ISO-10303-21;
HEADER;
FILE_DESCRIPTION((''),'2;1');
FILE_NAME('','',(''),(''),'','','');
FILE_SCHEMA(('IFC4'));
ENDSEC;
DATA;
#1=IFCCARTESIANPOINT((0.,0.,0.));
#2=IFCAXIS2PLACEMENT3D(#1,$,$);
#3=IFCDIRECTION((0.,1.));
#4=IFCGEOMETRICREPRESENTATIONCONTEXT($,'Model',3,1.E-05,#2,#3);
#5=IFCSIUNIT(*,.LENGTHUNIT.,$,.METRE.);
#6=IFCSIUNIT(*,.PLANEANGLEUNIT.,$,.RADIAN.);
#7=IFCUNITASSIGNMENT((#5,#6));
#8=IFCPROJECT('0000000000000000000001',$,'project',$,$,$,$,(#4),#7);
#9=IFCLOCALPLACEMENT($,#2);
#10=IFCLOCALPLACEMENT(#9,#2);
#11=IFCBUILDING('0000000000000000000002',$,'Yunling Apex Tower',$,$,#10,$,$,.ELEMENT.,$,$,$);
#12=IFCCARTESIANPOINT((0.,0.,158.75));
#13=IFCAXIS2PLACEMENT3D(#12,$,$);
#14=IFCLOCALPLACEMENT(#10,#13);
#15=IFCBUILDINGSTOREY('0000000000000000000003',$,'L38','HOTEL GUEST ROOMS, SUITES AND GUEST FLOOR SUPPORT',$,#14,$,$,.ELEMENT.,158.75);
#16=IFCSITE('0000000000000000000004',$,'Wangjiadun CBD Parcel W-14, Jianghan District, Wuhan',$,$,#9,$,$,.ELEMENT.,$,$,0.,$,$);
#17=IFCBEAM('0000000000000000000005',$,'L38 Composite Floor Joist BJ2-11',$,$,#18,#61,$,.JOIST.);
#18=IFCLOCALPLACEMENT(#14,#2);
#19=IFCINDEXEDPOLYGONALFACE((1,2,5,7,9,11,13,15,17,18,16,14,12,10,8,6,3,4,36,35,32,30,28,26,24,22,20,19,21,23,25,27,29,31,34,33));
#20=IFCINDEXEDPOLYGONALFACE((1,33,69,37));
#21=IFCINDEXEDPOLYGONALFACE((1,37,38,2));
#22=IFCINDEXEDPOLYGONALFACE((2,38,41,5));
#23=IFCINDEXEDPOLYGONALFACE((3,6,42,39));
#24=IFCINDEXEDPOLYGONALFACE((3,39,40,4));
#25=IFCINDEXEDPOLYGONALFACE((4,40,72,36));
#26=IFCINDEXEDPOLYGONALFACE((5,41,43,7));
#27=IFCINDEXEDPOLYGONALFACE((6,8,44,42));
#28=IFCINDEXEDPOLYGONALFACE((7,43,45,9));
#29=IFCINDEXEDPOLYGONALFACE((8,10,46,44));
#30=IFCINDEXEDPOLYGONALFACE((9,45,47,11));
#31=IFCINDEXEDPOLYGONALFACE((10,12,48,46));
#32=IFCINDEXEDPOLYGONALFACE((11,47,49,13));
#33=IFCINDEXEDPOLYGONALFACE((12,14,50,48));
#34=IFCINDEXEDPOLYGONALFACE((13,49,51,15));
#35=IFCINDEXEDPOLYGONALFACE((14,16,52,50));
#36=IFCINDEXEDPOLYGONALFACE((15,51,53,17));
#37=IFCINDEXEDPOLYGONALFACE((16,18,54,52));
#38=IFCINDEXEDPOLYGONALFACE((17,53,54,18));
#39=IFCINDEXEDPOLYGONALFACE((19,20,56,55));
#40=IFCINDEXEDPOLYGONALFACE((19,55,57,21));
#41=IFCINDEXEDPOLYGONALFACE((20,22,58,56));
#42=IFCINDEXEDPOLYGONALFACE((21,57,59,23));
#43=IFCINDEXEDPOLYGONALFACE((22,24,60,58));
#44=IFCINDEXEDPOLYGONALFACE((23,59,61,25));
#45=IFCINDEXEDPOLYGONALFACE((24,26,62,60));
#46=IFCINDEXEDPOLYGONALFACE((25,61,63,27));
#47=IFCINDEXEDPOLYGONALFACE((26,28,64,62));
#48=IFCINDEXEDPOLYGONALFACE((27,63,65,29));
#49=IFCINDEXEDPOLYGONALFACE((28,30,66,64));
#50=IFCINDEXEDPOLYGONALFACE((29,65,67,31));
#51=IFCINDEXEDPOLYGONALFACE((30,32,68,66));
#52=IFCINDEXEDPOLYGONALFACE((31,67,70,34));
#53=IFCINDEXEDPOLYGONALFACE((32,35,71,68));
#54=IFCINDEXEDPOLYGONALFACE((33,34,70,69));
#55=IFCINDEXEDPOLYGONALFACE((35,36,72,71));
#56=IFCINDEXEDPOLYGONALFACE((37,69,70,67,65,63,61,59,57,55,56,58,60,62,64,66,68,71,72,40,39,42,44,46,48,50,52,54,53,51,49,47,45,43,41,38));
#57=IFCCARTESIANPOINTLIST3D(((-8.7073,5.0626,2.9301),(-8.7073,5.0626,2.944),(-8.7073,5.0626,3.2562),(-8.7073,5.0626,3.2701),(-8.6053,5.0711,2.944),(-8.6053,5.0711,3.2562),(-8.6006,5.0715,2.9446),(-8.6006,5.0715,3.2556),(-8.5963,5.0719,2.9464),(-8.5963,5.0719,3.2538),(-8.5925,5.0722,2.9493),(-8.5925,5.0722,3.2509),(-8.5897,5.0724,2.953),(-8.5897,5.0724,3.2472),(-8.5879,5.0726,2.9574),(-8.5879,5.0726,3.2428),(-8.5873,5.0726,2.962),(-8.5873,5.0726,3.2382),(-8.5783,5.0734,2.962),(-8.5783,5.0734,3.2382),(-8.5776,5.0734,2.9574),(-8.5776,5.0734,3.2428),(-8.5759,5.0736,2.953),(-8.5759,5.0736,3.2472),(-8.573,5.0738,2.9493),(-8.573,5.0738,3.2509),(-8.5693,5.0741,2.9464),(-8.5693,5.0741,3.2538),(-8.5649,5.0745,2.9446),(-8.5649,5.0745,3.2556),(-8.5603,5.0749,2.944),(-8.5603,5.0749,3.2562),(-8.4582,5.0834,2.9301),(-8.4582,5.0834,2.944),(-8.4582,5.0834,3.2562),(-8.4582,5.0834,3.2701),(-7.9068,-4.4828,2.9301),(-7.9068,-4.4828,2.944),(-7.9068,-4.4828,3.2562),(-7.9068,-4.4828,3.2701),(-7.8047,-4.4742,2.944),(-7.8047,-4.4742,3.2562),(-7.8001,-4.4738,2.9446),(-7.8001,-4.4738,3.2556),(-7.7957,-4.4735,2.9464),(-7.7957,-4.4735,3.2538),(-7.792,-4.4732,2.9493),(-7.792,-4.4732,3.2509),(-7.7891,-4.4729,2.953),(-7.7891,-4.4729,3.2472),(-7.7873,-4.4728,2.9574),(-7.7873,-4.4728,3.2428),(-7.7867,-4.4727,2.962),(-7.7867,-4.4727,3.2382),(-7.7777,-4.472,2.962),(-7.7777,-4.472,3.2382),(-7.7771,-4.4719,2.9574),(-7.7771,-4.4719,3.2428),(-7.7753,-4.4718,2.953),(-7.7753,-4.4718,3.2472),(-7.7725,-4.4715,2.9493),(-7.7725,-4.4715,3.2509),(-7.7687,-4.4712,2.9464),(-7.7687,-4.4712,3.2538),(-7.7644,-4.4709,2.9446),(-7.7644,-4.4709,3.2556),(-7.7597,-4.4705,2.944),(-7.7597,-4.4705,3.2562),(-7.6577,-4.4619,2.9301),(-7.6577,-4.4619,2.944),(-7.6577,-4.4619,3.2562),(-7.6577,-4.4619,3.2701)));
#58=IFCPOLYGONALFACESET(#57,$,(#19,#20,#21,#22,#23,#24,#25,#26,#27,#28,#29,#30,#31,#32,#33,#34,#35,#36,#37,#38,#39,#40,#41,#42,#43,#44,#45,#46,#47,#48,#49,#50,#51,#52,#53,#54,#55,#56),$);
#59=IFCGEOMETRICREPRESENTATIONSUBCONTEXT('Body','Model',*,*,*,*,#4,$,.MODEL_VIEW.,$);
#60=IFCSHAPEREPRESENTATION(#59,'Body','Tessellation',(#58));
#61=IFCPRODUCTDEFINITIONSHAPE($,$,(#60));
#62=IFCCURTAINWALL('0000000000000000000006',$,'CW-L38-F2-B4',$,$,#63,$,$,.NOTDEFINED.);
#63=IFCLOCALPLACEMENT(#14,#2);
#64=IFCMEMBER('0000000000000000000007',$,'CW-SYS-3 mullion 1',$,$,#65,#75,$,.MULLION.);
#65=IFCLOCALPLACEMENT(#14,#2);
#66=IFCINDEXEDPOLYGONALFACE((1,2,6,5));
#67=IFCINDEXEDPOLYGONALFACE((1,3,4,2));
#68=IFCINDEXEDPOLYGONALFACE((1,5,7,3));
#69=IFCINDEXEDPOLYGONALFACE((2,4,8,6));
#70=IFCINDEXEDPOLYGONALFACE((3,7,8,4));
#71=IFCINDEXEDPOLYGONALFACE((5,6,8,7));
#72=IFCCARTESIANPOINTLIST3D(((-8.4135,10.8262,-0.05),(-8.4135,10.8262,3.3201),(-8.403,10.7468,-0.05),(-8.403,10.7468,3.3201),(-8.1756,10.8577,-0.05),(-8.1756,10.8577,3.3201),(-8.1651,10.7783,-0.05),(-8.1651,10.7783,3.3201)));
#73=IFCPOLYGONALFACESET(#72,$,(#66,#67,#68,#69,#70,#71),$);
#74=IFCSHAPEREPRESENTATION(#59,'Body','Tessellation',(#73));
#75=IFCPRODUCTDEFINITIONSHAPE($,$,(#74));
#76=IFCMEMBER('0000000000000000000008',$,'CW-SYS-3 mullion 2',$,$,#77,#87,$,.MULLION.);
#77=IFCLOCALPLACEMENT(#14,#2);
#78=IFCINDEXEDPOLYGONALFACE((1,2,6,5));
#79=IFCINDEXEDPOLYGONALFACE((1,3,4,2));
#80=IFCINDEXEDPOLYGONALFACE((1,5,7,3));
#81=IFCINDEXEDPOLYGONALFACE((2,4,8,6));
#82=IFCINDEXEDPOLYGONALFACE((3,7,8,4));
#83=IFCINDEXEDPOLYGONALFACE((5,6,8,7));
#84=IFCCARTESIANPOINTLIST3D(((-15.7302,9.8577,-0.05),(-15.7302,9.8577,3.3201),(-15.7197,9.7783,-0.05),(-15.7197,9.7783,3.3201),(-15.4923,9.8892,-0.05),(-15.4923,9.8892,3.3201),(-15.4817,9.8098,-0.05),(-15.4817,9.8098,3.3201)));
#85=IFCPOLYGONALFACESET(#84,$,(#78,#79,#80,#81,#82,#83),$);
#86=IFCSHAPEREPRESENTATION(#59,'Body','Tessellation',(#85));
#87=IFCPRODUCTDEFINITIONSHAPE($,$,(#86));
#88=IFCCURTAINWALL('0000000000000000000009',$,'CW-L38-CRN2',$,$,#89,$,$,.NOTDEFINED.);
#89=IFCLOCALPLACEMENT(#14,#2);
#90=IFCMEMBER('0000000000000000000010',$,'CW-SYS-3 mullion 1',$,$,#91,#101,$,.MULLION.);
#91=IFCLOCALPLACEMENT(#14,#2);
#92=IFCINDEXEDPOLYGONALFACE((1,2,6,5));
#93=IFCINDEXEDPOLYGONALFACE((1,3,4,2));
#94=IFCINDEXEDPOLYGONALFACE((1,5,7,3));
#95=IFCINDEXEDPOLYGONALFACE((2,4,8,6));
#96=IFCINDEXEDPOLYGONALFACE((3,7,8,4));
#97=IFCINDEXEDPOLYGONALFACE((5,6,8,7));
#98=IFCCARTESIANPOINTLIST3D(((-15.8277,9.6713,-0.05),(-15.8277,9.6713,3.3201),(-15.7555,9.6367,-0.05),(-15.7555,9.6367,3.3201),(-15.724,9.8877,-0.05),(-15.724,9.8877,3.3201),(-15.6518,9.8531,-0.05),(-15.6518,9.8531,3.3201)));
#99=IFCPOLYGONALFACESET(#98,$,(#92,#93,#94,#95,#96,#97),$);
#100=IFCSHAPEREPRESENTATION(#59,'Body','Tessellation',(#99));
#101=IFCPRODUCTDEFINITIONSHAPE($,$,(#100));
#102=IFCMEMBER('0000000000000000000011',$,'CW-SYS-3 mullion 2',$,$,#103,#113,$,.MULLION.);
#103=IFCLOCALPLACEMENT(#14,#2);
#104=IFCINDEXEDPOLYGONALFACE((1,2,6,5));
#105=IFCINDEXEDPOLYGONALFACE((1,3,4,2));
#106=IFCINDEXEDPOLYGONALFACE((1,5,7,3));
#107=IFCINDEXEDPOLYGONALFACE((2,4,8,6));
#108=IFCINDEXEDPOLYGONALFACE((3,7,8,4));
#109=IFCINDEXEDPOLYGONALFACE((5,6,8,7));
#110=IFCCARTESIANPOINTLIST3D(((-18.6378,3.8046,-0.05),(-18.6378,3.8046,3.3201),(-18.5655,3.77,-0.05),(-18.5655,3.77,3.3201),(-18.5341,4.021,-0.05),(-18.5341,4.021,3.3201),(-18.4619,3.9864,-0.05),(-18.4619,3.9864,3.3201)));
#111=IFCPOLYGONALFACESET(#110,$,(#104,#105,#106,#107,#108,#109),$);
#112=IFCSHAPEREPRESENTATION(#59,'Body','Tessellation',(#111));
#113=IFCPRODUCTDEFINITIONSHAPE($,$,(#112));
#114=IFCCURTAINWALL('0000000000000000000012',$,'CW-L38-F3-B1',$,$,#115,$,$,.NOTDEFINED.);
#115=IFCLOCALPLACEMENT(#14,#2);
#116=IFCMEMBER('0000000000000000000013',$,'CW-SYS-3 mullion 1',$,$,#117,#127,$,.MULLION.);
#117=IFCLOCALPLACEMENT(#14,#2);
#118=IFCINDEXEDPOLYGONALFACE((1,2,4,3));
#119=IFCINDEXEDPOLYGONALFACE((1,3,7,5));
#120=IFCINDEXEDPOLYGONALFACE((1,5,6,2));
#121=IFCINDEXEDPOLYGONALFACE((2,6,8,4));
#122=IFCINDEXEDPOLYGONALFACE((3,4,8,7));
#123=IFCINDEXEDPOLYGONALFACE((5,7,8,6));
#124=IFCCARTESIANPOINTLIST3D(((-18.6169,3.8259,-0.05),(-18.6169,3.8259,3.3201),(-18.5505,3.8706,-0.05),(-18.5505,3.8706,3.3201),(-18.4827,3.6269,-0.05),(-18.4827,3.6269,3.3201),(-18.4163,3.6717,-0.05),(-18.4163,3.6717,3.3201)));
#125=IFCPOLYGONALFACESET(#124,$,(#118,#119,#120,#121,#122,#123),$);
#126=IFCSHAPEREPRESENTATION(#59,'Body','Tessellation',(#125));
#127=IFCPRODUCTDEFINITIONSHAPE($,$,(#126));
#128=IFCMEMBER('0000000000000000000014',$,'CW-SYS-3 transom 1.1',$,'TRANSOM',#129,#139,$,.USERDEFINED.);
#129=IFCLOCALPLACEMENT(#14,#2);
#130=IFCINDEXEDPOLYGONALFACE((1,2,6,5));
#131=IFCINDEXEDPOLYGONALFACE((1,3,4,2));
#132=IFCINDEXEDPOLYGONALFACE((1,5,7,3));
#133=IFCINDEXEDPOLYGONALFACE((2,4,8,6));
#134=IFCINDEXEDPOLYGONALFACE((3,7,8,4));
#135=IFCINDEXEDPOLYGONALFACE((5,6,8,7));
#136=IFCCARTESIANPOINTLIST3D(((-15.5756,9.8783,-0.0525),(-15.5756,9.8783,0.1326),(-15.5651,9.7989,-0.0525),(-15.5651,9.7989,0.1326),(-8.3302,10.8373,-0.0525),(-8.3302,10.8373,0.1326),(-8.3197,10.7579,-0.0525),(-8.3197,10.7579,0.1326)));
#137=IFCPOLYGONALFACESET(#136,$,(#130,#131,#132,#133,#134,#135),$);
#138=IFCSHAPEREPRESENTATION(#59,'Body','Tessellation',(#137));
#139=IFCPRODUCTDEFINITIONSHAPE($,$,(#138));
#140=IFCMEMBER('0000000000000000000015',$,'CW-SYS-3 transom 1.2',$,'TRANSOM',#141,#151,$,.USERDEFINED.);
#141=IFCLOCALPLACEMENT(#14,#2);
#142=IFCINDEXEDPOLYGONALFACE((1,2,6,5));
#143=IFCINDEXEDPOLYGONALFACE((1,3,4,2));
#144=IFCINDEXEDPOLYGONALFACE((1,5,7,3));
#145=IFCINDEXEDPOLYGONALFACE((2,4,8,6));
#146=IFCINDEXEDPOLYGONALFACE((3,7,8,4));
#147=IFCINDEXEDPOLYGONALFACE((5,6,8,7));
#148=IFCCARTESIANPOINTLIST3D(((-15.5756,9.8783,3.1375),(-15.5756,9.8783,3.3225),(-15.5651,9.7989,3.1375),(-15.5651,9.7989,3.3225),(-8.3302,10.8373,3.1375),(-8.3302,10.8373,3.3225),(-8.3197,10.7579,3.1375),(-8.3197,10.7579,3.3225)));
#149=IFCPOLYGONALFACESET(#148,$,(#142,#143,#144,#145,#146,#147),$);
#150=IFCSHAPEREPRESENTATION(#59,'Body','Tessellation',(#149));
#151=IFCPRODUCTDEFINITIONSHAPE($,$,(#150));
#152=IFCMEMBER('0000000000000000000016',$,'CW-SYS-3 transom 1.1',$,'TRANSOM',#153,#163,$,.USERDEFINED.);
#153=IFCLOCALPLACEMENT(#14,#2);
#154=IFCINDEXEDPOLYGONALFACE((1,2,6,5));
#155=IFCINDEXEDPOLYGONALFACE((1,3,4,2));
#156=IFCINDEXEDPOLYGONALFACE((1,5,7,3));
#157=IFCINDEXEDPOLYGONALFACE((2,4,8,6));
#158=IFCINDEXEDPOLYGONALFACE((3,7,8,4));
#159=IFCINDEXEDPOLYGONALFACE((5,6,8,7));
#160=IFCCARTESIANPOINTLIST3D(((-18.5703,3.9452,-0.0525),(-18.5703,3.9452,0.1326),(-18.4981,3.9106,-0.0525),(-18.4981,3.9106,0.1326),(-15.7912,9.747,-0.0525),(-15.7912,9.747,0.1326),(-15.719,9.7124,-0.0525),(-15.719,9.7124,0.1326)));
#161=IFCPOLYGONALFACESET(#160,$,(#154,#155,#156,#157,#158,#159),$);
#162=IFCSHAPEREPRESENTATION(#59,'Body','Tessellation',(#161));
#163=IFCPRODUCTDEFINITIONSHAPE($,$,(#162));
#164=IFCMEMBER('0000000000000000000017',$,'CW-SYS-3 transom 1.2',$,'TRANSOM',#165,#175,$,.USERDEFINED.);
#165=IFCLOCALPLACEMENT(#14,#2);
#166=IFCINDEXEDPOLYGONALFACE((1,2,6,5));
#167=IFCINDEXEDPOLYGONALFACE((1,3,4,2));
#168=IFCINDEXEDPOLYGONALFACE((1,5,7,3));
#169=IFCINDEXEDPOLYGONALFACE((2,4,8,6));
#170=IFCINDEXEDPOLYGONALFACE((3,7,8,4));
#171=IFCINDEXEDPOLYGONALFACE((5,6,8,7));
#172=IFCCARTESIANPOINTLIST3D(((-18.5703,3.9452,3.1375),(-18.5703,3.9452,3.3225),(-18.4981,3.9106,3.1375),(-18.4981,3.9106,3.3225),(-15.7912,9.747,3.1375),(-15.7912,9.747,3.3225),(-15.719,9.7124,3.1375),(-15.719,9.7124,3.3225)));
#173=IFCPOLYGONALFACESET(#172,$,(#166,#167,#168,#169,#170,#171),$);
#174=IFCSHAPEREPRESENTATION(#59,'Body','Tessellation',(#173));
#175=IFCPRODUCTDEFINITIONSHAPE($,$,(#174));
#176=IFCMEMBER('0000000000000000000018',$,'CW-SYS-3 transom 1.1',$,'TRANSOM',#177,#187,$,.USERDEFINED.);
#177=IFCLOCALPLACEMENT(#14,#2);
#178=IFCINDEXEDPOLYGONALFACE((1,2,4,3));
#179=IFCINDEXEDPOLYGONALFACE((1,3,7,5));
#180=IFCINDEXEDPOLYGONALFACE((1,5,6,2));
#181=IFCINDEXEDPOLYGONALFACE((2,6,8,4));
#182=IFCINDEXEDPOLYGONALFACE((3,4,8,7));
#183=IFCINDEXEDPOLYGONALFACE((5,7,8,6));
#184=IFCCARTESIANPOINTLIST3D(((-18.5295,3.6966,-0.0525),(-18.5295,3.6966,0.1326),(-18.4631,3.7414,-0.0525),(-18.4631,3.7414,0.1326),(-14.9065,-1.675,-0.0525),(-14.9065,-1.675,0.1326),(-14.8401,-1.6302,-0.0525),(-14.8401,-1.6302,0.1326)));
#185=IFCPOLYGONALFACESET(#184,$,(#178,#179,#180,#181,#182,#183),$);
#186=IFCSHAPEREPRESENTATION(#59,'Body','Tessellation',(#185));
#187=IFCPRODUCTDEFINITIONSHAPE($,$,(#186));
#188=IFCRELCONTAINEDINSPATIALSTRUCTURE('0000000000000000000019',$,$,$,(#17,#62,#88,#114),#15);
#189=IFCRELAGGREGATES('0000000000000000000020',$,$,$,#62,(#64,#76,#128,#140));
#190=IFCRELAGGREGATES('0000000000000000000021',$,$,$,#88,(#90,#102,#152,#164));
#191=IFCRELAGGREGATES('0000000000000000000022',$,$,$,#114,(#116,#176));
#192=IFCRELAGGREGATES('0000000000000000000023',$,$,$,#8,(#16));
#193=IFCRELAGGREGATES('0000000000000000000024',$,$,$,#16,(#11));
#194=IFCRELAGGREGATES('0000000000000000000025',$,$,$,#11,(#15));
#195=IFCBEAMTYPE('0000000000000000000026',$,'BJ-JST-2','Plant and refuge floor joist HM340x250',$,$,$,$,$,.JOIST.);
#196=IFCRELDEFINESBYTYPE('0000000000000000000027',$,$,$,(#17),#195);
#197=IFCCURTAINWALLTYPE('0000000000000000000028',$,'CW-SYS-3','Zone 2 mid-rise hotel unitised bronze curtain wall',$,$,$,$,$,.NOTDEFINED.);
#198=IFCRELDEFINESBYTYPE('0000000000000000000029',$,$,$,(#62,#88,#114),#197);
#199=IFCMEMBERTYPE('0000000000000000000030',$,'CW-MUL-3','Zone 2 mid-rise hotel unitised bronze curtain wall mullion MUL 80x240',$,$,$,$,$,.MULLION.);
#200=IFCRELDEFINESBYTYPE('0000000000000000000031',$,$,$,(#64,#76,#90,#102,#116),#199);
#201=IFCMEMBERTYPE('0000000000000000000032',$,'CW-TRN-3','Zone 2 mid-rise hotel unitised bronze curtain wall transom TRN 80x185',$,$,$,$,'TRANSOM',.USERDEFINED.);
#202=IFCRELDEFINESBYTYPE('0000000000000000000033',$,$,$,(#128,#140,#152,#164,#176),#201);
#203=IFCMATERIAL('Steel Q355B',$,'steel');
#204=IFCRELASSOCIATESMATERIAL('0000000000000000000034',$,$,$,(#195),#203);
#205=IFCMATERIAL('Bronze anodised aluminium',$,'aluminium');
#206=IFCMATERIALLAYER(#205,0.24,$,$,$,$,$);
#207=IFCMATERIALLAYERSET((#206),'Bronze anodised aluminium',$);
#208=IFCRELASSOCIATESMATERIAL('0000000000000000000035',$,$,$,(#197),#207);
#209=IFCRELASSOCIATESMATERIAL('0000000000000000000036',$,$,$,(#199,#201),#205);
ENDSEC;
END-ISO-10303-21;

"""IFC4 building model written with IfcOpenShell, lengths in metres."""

from ifc_helpers import new_model, si_unit, direction, frame, origin, origin_2d, place, context, subcontext, project, spatial, rectangle, i_section, extrude, source, transform, mapped, material, layer, layer_set, material_profile, profile_set, type_object, element, aggregate, save


model = new_model("IFC4")

# Units and contexts
model_context = context("Model", 3, precision=1e-05, world=origin(), true_north=direction((0.0, 1.0)))
body_context = subcontext(model_context, "Body", "Model", "MODEL_VIEW")
ifc_project = project(units=[si_unit("LENGTHUNIT", "METRE"), si_unit("PLANEANGLEUNIT", "RADIAN")], contexts=[model_context])

# Site, building, storey
site_placement = place(None, origin())
site = spatial("IfcSite", under=ifc_project, at=site_placement, Name="Wangjiadun CBD Parcel W-14, Jianghan District, Wuhan", CompositionType="ELEMENT", RefElevation=0.0)
building_placement = place(site_placement, origin())
building = spatial("IfcBuilding", under=site, at=building_placement, Name="Yunling Apex Tower", CompositionType="ELEMENT")
storey_placement = place(building_placement, frame((0.0, 0.0, 158.75)))
storey = spatial("IfcBuildingStorey", under=building, at=storey_placement, Name="L38", Description="HOTEL GUEST ROOMS, SUITES AND GUEST FLOOR SUPPORT", CompositionType="ELEMENT", Elevation=158.75)

# Beam
ifc_material_1 = material(Name="Steel Q355B", Category="steel")
ifc_material_profile_1 = material_profile(ifc_material_1, i_section(OverallWidth=0.25, OverallDepth=0.3401, WebThickness=0.009, FlangeThickness=0.0139, FilletRadius=0.0181, at=origin_2d()))
ifc_profile_set_1 = profile_set([ifc_material_profile_1], Name="Steel Q355B")
beam_type_1 = type_object("IfcBeamType", Name="BJ-JST-2", Description="Plant and refuge floor joist HM340x250", PredefinedType="JOIST", material=ifc_profile_set_1)
shared_shape_1 = source(origin(), body_context, "Body", "SweptSolid", [
    extrude(i_section(OverallWidth=0.25, OverallDepth=0.3401, WebThickness=0.009, FlangeThickness=0.0139, FilletRadius=0.0181, at=origin_2d()), origin(), (0.0, 0.0, 1.0), 9.5789),
])
beam_1_placement = place(storey_placement, frame((-8.5828, 5.073, 3.1001), z_axis=(0.083573, -0.996502, 0.0), x_axis=(0.996502, 0.083573, 0.0)))
element("IfcBeam", 1, at=beam_1_placement, inside=storey, type_object=beam_type_1, Name="L38 Composite Floor Joist BJ2-11", PredefinedType="JOIST", context=body_context, shape_type="MappedRepresentation", body=[
    mapped(shared_shape_1, transform((0.0, 0.0, 0.0), scale=1.0)),
])

# Curtain walls, members
ifc_material_2 = material(Name="Bronze anodised aluminium", Category="aluminium")
ifc_layer_1 = layer(ifc_material_2, 0.24)
ifc_layer_set_1 = layer_set([ifc_layer_1], Name="Bronze anodised aluminium")
curtain_wall_type = type_object("IfcCurtainWallType", Name="CW-SYS-3", Description="Zone 2 mid-rise hotel unitised bronze curtain wall", PredefinedType="NOTDEFINED", material=ifc_layer_set_1)
curtain_wall_1_placement = place(storey_placement, origin())
curtain_wall_1 = element("IfcCurtainWall", 2, at=curtain_wall_1_placement, inside=storey, type_object=curtain_wall_type, Name="CW-L38-F2-B4", PredefinedType="NOTDEFINED")
ifc_material_profile_2 = material_profile(ifc_material_2, rectangle(XDim=0.0801, YDim=0.24, at=origin_2d()))
ifc_profile_set_2 = profile_set([ifc_material_profile_2], Name="Bronze anodised aluminium")
member_type_1 = type_object("IfcMemberType", Name="CW-MUL-3", Description="Zone 2 mid-rise hotel unitised bronze curtain wall mullion MUL 80x240", PredefinedType="MULLION", material=ifc_profile_set_2)
shared_shape_2 = source(origin(), body_context, "Body", "SweptSolid", [
    extrude(rectangle(XDim=0.0801, YDim=0.24, at=origin_2d()), origin(), (0.0, 0.0, 1.0), 3.3701),
])
member_1_placement = place(storey_placement, frame((-8.2893, 10.8022, -0.05), z_axis=(0.0, 0.0, 1.0), x_axis=(0.131222, -0.991353, 0.0)))
member_1 = element("IfcMember", 3, at=member_1_placement, type_object=member_type_1, Name="CW-SYS-3 mullion 1", PredefinedType="MULLION", context=body_context, shape_type="MappedRepresentation", body=[
    mapped(shared_shape_2, transform((0.0, 0.0, 0.0), scale=1.0)),
])
member_2_placement = place(storey_placement, frame((-15.606, 9.8337, -0.05), z_axis=(0.0, 0.0, 1.0), x_axis=(0.131222, -0.991353, 0.0)))
member_2 = element("IfcMember", 4, at=member_2_placement, type_object=member_type_1, Name="CW-SYS-3 mullion 2", PredefinedType="MULLION", context=body_context, shape_type="MappedRepresentation", body=[
    mapped(shared_shape_2, transform((0.0, 0.0, 0.0), scale=1.0)),
])
curtain_wall_2_placement = place(storey_placement, origin())
curtain_wall_2 = element("IfcCurtainWall", 5, at=curtain_wall_2_placement, inside=storey, type_object=curtain_wall_type, Name="CW-L38-CRN2", PredefinedType="NOTDEFINED")
member_3_placement = place(storey_placement, frame((-15.7397, 9.7622, -0.05), z_axis=(0.0, 0.0, 1.0), x_axis=(0.901877, -0.431994, 0.0)))
member_3 = element("IfcMember", 6, at=member_3_placement, type_object=member_type_1, Name="CW-SYS-3 mullion 1", PredefinedType="MULLION", context=body_context, shape_type="MappedRepresentation", body=[
    mapped(shared_shape_2, transform((0.0, 0.0, 0.0), scale=1.0)),
])
member_4_placement = place(storey_placement, frame((-18.5498, 3.8955, -0.05), z_axis=(0.0, 0.0, 1.0), x_axis=(0.901877, -0.431994, 0.0)))
member_4 = element("IfcMember", 7, at=member_4_placement, type_object=member_type_1, Name="CW-SYS-3 mullion 2", PredefinedType="MULLION", context=body_context, shape_type="MappedRepresentation", body=[
    mapped(shared_shape_2, transform((0.0, 0.0, 0.0), scale=1.0)),
])

# Curtain wall, member
curtain_wall_3_placement = place(storey_placement, origin())
curtain_wall_3 = element("IfcCurtainWall", 8, at=curtain_wall_3_placement, inside=storey, type_object=curtain_wall_type, Name="CW-L38-F3-B1", PredefinedType="NOTDEFINED")
member_5_placement = place(storey_placement, frame((-18.5166, 3.7488, -0.05), z_axis=(0.0, 0.0, 1.0), x_axis=(0.829045, 0.559181, 0.0)))
member_5 = element("IfcMember", 9, at=member_5_placement, type_object=member_type_1, Name="CW-SYS-3 mullion 1", PredefinedType="MULLION", context=body_context, shape_type="MappedRepresentation", body=[
    mapped(shared_shape_2, transform((0.0, 0.0, 0.0), scale=1.0)),
])

# Members
ifc_material_profile_3 = material_profile(ifc_material_2, rectangle(XDim=0.0801, YDim=0.1851, at=origin_2d()))
ifc_profile_set_3 = profile_set([ifc_material_profile_3], Name="Bronze anodised aluminium")
member_type_2 = type_object("IfcMemberType", Name="CW-TRN-3", Description="Zone 2 mid-rise hotel unitised bronze curtain wall transom TRN 80x185", ElementType="TRANSOM", PredefinedType="USERDEFINED", material=ifc_profile_set_3)
shared_shape_3 = source(origin(), body_context, "Body", "SweptSolid", [
    extrude(rectangle(XDim=0.0801, YDim=0.1851, at=origin_2d()), origin(), (0.0, 0.0, 1.0), 7.3086),
])
member_6_placement = place(storey_placement, frame((-8.325, 10.7976, 0.04), z_axis=(-0.991354, -0.131214, 0.0), x_axis=(0.131214, -0.991354, 0.0)))
member_6 = element("IfcMember", 10, at=member_6_placement, type_object=member_type_2, Name="CW-SYS-3 transom 1.1", ObjectType="TRANSOM", PredefinedType="USERDEFINED", context=body_context, shape_type="MappedRepresentation", body=[
    mapped(shared_shape_3, transform((0.0, 0.0, 0.0), scale=1.0)),
])
member_7_placement = place(storey_placement, frame((-8.325, 10.7976, 3.23), z_axis=(-0.991354, -0.131214, 0.0), x_axis=(0.131214, -0.991354, 0.0)))
member_7 = element("IfcMember", 11, at=member_7_placement, type_object=member_type_2, Name="CW-SYS-3 transom 1.2", ObjectType="TRANSOM", PredefinedType="USERDEFINED", context=body_context, shape_type="MappedRepresentation", body=[
    mapped(shared_shape_3, transform((0.0, 0.0, 0.0), scale=1.0)),
])
shared_shape_4 = source(origin(), body_context, "Body", "SweptSolid", [
    extrude(rectangle(XDim=0.0801, YDim=0.1851, at=origin_2d()), origin(), (0.0, 0.0, 1.0), 6.4331),
])
member_8_placement = place(storey_placement, frame((-15.7551, 9.7297, 0.04), z_axis=(-0.431999, -0.901874, 0.0), x_axis=(0.901874, -0.431999, 0.0)))
member_8 = element("IfcMember", 12, at=member_8_placement, type_object=member_type_2, Name="CW-SYS-3 transom 1.1", ObjectType="TRANSOM", PredefinedType="USERDEFINED", context=body_context, shape_type="MappedRepresentation", body=[
    mapped(shared_shape_4, transform((0.0, 0.0, 0.0), scale=1.0)),
])
member_9_placement = place(storey_placement, frame((-15.7551, 9.7297, 3.23), z_axis=(-0.431999, -0.901874, 0.0), x_axis=(0.901874, -0.431999, 0.0)))
member_9 = element("IfcMember", 13, at=member_9_placement, type_object=member_type_2, Name="CW-SYS-3 transom 1.2", ObjectType="TRANSOM", PredefinedType="USERDEFINED", context=body_context, shape_type="MappedRepresentation", body=[
    mapped(shared_shape_4, transform((0.0, 0.0, 0.0), scale=1.0)),
])
shared_shape_5 = source(origin(), body_context, "Body", "SweptSolid", [
    extrude(rectangle(XDim=0.0801, YDim=0.1851, at=origin_2d()), origin(), (0.0, 0.0, 1.0), 6.4792),
])
member_10_placement = place(storey_placement, frame((-18.4963, 3.719, 0.04), z_axis=(0.559179, -0.829047, 0.0), x_axis=(0.829047, 0.559179, 0.0)))
member_10 = element("IfcMember", 14, at=member_10_placement, type_object=member_type_2, Name="CW-SYS-3 transom 1.1", ObjectType="TRANSOM", PredefinedType="USERDEFINED", context=body_context, shape_type="MappedRepresentation", body=[
    mapped(shared_shape_5, transform((0.0, 0.0, 0.0), scale=1.0)),
])

aggregate(curtain_wall_1, [member_1, member_2, member_6, member_7])
aggregate(curtain_wall_2, [member_3, member_4, member_8, member_9])
aggregate(curtain_wall_3, [member_5, member_10])

save(model, "model.ifc")
